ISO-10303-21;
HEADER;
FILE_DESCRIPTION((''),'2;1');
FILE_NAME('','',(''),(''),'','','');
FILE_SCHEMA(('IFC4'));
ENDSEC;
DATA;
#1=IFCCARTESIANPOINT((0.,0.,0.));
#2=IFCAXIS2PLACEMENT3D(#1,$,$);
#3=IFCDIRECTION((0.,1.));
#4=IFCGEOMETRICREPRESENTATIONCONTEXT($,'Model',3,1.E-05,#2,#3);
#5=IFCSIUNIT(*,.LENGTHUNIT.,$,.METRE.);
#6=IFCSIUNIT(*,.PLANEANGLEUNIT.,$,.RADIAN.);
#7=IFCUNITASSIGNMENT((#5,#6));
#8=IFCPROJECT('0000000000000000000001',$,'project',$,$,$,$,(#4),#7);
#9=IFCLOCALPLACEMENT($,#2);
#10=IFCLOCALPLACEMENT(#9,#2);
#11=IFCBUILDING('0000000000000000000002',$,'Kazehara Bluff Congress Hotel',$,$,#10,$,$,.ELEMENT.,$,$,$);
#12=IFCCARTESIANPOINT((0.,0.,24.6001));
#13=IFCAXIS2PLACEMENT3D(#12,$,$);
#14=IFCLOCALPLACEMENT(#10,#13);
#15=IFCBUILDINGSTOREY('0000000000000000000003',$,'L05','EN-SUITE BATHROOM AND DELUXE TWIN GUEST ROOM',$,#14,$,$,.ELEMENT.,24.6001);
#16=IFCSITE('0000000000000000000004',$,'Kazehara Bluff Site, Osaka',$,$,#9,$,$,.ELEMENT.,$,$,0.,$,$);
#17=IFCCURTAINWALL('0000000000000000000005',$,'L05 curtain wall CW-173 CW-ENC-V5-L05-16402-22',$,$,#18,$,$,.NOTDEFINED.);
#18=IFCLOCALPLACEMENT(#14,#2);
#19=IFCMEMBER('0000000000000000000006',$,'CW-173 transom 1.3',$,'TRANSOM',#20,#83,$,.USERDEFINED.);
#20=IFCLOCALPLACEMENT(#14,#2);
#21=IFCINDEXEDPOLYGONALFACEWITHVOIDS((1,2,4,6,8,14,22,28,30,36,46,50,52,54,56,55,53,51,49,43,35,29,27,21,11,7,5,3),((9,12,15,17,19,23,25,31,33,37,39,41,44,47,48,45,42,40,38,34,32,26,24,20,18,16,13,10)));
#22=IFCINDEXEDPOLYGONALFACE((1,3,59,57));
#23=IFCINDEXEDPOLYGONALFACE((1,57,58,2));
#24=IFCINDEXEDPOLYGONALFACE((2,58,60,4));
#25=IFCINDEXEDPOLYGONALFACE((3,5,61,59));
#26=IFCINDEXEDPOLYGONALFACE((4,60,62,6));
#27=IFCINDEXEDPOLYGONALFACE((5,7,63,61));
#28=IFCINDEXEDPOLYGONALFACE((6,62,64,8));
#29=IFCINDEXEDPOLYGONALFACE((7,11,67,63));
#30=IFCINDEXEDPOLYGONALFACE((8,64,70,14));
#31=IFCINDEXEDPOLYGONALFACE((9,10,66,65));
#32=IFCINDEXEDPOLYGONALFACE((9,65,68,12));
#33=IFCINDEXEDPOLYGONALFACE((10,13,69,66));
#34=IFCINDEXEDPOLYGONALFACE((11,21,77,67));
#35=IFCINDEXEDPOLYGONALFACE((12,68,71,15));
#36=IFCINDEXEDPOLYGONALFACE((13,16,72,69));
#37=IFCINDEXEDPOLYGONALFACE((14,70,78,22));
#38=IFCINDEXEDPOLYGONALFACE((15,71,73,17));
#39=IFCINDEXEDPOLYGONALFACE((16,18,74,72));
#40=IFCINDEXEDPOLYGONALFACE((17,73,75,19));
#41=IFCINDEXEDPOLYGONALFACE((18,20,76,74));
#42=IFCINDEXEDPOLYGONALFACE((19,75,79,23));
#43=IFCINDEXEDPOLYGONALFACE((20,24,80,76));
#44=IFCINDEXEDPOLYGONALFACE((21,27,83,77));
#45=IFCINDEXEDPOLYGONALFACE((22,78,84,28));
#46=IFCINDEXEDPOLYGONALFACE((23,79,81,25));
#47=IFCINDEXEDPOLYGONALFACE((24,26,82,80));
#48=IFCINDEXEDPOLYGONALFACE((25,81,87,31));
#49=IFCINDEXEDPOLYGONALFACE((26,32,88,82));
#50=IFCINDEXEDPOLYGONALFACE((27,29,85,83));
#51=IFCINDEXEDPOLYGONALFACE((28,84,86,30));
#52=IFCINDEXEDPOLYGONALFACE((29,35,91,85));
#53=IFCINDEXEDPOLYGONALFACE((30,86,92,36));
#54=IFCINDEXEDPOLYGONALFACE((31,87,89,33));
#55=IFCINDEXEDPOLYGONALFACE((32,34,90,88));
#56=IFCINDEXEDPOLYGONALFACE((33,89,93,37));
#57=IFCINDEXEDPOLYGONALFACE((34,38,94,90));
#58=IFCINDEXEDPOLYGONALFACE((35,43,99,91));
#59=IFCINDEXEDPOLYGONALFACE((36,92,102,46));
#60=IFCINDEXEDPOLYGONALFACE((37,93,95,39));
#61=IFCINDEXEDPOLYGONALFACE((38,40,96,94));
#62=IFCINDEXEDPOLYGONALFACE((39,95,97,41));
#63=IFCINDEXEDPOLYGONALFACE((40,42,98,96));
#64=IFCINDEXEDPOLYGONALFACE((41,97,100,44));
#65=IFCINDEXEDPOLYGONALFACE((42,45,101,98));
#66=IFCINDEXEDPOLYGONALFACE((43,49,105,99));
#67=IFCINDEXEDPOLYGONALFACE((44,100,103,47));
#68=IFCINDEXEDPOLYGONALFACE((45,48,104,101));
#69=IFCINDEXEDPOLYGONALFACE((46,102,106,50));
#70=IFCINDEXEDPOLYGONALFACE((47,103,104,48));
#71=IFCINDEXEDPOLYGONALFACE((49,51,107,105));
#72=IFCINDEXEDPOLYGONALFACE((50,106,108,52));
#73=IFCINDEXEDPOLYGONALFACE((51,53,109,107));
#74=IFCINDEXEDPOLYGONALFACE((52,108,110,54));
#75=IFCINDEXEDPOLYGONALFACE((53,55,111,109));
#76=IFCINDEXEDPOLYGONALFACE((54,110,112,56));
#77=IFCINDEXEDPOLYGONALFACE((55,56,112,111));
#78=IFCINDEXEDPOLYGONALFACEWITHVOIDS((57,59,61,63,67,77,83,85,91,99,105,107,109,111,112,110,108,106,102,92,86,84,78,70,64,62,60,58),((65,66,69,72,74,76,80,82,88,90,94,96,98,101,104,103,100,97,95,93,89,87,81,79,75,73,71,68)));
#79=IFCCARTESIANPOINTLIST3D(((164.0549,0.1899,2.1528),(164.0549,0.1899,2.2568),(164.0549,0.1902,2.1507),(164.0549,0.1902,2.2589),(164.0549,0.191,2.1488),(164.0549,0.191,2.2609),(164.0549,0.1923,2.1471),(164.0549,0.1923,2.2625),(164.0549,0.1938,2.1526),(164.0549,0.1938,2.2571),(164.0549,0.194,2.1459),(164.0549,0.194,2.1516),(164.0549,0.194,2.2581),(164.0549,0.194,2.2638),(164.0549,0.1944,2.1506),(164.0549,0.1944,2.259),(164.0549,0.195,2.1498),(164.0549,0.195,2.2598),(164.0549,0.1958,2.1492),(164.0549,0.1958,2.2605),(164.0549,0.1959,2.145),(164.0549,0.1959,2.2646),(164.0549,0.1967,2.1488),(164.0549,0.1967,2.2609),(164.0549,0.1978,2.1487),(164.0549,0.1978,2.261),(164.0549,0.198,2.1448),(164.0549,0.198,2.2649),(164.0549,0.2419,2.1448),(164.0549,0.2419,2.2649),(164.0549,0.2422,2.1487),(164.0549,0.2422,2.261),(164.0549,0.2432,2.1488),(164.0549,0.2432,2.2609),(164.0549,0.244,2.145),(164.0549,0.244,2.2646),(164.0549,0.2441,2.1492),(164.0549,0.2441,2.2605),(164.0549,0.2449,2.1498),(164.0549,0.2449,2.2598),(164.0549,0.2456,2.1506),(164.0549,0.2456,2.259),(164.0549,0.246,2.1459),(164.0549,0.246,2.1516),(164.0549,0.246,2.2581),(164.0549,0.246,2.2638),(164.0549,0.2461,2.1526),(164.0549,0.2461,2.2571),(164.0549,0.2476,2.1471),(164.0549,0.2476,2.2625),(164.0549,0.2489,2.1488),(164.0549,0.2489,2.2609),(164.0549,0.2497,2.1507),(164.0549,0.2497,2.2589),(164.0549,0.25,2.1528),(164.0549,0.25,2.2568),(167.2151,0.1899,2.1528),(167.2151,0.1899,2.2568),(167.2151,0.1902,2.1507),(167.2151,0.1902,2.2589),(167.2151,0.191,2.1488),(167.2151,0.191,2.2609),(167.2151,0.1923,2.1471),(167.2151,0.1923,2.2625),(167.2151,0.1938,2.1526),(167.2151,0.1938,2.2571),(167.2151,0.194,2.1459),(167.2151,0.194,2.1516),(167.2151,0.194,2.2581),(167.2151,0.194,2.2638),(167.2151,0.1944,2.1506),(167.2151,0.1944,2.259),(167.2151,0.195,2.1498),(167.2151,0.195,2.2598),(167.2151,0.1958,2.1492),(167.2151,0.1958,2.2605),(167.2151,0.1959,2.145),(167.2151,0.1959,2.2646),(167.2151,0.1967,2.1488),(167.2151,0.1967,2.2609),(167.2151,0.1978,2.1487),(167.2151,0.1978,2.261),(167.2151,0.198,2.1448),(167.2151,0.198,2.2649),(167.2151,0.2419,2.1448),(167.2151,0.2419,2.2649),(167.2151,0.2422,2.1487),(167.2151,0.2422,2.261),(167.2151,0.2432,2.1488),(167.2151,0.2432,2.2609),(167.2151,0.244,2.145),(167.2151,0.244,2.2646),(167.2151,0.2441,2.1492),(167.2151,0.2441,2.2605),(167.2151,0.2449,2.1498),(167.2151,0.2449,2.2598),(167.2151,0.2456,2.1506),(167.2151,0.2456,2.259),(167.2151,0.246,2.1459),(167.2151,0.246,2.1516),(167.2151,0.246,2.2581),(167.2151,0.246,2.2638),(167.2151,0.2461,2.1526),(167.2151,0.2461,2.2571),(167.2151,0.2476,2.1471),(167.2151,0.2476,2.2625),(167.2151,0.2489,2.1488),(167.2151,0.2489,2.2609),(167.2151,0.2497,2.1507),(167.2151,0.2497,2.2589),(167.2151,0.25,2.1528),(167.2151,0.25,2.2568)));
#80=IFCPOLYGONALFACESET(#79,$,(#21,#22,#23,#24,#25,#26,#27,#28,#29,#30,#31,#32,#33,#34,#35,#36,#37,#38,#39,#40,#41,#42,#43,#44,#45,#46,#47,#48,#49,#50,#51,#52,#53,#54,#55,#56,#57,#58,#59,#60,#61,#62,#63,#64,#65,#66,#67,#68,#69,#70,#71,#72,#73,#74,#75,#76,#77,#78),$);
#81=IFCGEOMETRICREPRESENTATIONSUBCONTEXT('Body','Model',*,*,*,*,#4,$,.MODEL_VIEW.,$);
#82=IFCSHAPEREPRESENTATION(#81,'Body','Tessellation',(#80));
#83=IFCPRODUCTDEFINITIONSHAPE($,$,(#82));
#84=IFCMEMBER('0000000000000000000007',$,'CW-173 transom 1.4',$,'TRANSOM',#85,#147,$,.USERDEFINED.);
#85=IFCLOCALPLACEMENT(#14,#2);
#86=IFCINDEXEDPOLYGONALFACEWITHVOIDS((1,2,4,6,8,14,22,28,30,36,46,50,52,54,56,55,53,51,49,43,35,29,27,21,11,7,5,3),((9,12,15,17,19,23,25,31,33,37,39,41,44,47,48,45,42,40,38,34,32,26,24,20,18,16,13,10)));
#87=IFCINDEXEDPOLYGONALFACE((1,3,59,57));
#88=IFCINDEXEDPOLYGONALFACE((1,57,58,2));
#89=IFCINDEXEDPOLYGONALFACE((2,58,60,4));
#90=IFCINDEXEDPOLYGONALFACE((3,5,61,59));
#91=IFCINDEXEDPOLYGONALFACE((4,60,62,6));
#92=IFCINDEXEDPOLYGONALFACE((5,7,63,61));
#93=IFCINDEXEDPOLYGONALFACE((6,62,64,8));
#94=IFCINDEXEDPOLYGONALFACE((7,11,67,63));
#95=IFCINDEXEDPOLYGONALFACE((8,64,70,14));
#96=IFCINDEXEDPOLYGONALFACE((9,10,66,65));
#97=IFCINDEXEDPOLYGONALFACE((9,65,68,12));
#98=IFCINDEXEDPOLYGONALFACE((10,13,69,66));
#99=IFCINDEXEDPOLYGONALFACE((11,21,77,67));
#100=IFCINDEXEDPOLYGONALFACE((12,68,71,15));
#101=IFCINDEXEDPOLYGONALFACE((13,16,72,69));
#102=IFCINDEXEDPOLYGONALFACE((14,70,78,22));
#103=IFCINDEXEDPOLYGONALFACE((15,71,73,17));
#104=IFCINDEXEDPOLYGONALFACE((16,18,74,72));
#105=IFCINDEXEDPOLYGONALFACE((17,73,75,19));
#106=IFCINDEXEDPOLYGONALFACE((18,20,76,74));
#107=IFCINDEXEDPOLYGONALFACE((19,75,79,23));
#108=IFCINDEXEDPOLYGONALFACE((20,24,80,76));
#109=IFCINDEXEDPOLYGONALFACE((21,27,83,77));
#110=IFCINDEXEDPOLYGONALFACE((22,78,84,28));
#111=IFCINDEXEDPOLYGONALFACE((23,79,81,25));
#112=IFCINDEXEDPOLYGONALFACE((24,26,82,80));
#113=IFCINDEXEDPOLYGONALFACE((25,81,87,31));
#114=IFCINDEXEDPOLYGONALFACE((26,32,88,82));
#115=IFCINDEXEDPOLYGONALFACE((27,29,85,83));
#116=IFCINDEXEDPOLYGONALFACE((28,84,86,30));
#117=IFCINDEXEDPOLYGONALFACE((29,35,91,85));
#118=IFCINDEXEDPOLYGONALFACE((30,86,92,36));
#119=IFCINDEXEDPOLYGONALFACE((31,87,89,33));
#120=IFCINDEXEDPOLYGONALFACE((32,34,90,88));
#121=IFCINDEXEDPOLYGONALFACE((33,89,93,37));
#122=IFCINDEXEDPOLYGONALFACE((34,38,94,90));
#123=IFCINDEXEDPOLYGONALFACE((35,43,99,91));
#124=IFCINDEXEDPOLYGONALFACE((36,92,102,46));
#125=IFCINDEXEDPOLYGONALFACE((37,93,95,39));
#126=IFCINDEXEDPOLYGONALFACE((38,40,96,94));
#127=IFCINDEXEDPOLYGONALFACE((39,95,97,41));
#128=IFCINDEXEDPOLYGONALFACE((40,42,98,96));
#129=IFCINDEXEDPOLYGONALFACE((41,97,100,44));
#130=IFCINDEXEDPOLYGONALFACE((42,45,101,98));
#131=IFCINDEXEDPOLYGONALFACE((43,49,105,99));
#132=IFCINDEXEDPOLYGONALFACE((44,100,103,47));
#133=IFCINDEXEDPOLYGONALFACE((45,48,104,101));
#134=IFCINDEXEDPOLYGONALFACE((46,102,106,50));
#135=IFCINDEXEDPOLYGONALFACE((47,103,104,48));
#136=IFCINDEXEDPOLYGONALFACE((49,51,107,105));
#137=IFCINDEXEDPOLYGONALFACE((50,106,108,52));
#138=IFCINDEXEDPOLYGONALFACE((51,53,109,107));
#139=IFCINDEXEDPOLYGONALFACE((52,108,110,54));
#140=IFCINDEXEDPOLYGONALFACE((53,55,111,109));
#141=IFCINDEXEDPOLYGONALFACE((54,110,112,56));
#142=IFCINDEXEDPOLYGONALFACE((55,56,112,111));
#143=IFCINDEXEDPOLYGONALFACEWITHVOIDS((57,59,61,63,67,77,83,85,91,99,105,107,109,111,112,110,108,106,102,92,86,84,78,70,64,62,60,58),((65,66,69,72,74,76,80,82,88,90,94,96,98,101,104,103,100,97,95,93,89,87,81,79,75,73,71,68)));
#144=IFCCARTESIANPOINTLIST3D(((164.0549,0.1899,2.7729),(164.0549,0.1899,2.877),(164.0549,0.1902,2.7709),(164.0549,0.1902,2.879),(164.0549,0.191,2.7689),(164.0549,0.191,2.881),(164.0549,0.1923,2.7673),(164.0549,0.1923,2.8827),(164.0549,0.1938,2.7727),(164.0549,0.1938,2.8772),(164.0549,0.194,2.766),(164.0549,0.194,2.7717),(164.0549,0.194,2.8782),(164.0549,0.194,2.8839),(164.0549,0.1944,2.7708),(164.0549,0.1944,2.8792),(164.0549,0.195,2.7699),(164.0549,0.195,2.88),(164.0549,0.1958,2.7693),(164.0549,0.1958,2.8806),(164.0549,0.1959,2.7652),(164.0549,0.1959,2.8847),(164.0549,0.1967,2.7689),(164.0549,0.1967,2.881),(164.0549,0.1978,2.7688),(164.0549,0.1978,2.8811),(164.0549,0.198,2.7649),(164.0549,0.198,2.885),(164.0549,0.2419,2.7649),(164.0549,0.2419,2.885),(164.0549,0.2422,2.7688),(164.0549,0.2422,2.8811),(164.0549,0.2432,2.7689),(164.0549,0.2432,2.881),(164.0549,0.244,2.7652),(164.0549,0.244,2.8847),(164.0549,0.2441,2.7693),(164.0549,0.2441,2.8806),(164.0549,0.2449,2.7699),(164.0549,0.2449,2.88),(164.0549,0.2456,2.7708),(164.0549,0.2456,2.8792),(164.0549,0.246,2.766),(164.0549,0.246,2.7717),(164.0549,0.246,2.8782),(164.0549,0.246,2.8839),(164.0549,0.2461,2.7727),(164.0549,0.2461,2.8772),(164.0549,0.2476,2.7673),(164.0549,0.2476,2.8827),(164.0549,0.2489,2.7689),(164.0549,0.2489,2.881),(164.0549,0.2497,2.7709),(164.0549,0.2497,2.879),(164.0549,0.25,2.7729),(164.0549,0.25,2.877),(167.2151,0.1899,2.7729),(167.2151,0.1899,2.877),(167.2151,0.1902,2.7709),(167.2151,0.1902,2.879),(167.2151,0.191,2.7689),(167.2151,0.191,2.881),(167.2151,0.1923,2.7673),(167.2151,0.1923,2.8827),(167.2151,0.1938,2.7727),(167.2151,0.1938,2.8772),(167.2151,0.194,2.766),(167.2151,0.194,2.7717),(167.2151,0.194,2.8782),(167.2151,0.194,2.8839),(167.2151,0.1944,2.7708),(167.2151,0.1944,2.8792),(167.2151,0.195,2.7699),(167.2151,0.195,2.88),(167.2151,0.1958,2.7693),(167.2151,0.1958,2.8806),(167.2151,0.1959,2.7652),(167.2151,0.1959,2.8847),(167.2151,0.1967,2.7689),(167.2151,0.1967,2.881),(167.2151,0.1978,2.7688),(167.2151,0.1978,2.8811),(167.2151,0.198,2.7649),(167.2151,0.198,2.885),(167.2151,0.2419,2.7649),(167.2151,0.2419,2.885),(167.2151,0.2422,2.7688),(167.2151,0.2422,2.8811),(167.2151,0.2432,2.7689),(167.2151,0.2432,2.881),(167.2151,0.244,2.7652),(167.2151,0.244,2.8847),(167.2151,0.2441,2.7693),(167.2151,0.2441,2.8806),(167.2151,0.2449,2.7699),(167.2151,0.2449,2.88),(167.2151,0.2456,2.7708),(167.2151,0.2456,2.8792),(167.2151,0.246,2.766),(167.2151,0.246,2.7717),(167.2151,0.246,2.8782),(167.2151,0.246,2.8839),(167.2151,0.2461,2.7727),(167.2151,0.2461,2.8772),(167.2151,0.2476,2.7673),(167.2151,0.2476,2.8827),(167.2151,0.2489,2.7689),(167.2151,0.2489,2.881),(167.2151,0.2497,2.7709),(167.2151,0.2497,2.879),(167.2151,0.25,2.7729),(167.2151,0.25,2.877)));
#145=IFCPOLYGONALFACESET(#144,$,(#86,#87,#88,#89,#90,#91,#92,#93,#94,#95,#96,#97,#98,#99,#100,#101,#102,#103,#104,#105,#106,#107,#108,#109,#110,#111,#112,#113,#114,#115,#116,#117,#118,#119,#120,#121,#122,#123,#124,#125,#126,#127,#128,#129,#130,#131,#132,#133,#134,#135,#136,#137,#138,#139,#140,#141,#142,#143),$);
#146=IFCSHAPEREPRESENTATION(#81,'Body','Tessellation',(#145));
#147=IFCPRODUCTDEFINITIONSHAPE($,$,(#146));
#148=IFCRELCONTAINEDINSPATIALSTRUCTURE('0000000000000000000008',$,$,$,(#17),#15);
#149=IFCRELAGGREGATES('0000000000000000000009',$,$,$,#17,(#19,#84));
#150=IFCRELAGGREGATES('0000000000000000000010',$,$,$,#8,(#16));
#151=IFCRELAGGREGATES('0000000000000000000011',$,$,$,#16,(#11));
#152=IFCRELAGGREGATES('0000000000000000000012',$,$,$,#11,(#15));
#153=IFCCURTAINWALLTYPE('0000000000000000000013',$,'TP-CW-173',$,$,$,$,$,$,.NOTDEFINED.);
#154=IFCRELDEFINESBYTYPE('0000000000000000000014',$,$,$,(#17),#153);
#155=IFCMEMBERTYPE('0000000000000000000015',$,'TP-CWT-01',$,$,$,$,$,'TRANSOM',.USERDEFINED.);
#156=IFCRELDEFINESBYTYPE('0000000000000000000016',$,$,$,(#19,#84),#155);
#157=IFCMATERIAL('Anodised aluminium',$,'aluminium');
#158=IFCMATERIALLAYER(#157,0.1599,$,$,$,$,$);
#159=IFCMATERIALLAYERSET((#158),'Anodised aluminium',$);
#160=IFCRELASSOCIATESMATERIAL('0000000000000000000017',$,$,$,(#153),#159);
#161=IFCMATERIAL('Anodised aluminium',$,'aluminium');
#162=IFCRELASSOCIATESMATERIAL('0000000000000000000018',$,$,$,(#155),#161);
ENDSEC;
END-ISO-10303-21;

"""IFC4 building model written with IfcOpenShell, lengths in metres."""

from ifc_helpers import new_model, si_unit, direction, frame, origin, origin_2d, place, context, subcontext, project, spatial, hollow_rectangle, extrude, material, layer, layer_set, material_profile, profile_set, type_object, element, aggregate, save


model = new_model("IFC4")

# Units and contexts
model_context = context("Model", 3, precision=1e-05, world=origin(), true_north=direction((0.0, 1.0)))
body_context = subcontext(model_context, "Body", "Model", "MODEL_VIEW")
ifc_project = project(units=[si_unit("LENGTHUNIT", "METRE"), si_unit("PLANEANGLEUNIT", "RADIAN")], contexts=[model_context])

# Site, building, storey
site_placement = place(None, origin())
site = spatial("IfcSite", under=ifc_project, at=site_placement, Name="Kazehara Bluff Site, Osaka", CompositionType="ELEMENT", RefElevation=0.0)
building_placement = place(site_placement, origin())
building = spatial("IfcBuilding", under=site, at=building_placement, Name="Kazehara Bluff Congress Hotel", CompositionType="ELEMENT")
storey_placement = place(building_placement, frame((0.0, 0.0, 24.6001)))
storey = spatial("IfcBuildingStorey", under=building, at=storey_placement, Name="L05", Description="EN-SUITE BATHROOM AND DELUXE TWIN GUEST ROOM", CompositionType="ELEMENT", Elevation=24.6001)

# Curtain wall
ifc_material_1 = material(Name="Anodised aluminium", Category="aluminium")
ifc_layer_1 = layer(ifc_material_1, 0.1599)
ifc_layer_set_1 = layer_set([ifc_layer_1], Name="Anodised aluminium")
curtain_wall_type_1 = type_object("IfcCurtainWallType", Name="TP-CW-173", PredefinedType="NOTDEFINED", material=ifc_layer_set_1)
curtain_wall_1_placement = place(storey_placement, origin())
curtain_wall_1 = element("IfcCurtainWall", 1, at=curtain_wall_1_placement, inside=storey, type_object=curtain_wall_type_1, Name="L05 curtain wall CW-173 CW-ENC-V5-L05-16402-22", PredefinedType="NOTDEFINED")

# Members
ifc_material_2 = material(Name="Anodised aluminium", Category="aluminium")
ifc_material_profile_1 = material_profile(ifc_material_2, hollow_rectangle(XDim=0.0601, YDim=0.1201, WallThickness=0.0039, InnerFilletRadius=0.0039, OuterFilletRadius=0.0081, at=origin_2d()))
ifc_profile_set_1 = profile_set([ifc_material_profile_1], Name="Anodised aluminium")
member_type_1 = type_object("IfcMemberType", Name="TP-CWT-01", ElementType="TRANSOM", PredefinedType="USERDEFINED", material=ifc_profile_set_1)
member_1_placement = place(storey_placement, frame((167.2151, 0.22, 2.2048), z_axis=(-1.0, 0.0, 0.0), x_axis=(0.0, -1.0, 0.0)))
member_1 = element("IfcMember", 2, at=member_1_placement, type_object=member_type_1, Name="CW-173 transom 1.3", ObjectType="TRANSOM", PredefinedType="USERDEFINED", context=body_context, shape_type="SweptSolid", body=[
    extrude(hollow_rectangle(XDim=0.0601, YDim=0.1201, WallThickness=0.0039, InnerFilletRadius=0.0039, OuterFilletRadius=0.0081, at=origin_2d()), origin(), (0.0, 0.0, 1.0), 3.1602),
])
member_2_placement = place(storey_placement, frame((167.2151, 0.22, 2.825), z_axis=(-1.0, 0.0, 0.0), x_axis=(0.0, -1.0, 0.0)))
member_2 = element("IfcMember", 3, at=member_2_placement, type_object=member_type_1, Name="CW-173 transom 1.4", ObjectType="TRANSOM", PredefinedType="USERDEFINED", context=body_context, shape_type="SweptSolid", body=[
    extrude(hollow_rectangle(XDim=0.0601, YDim=0.1201, WallThickness=0.0039, InnerFilletRadius=0.0039, OuterFilletRadius=0.0081, at=origin_2d()), origin(), (0.0, 0.0, 1.0), 3.1602),
])

aggregate(curtain_wall_1, [member_1, member_2])

save(model, "model.ifc")
